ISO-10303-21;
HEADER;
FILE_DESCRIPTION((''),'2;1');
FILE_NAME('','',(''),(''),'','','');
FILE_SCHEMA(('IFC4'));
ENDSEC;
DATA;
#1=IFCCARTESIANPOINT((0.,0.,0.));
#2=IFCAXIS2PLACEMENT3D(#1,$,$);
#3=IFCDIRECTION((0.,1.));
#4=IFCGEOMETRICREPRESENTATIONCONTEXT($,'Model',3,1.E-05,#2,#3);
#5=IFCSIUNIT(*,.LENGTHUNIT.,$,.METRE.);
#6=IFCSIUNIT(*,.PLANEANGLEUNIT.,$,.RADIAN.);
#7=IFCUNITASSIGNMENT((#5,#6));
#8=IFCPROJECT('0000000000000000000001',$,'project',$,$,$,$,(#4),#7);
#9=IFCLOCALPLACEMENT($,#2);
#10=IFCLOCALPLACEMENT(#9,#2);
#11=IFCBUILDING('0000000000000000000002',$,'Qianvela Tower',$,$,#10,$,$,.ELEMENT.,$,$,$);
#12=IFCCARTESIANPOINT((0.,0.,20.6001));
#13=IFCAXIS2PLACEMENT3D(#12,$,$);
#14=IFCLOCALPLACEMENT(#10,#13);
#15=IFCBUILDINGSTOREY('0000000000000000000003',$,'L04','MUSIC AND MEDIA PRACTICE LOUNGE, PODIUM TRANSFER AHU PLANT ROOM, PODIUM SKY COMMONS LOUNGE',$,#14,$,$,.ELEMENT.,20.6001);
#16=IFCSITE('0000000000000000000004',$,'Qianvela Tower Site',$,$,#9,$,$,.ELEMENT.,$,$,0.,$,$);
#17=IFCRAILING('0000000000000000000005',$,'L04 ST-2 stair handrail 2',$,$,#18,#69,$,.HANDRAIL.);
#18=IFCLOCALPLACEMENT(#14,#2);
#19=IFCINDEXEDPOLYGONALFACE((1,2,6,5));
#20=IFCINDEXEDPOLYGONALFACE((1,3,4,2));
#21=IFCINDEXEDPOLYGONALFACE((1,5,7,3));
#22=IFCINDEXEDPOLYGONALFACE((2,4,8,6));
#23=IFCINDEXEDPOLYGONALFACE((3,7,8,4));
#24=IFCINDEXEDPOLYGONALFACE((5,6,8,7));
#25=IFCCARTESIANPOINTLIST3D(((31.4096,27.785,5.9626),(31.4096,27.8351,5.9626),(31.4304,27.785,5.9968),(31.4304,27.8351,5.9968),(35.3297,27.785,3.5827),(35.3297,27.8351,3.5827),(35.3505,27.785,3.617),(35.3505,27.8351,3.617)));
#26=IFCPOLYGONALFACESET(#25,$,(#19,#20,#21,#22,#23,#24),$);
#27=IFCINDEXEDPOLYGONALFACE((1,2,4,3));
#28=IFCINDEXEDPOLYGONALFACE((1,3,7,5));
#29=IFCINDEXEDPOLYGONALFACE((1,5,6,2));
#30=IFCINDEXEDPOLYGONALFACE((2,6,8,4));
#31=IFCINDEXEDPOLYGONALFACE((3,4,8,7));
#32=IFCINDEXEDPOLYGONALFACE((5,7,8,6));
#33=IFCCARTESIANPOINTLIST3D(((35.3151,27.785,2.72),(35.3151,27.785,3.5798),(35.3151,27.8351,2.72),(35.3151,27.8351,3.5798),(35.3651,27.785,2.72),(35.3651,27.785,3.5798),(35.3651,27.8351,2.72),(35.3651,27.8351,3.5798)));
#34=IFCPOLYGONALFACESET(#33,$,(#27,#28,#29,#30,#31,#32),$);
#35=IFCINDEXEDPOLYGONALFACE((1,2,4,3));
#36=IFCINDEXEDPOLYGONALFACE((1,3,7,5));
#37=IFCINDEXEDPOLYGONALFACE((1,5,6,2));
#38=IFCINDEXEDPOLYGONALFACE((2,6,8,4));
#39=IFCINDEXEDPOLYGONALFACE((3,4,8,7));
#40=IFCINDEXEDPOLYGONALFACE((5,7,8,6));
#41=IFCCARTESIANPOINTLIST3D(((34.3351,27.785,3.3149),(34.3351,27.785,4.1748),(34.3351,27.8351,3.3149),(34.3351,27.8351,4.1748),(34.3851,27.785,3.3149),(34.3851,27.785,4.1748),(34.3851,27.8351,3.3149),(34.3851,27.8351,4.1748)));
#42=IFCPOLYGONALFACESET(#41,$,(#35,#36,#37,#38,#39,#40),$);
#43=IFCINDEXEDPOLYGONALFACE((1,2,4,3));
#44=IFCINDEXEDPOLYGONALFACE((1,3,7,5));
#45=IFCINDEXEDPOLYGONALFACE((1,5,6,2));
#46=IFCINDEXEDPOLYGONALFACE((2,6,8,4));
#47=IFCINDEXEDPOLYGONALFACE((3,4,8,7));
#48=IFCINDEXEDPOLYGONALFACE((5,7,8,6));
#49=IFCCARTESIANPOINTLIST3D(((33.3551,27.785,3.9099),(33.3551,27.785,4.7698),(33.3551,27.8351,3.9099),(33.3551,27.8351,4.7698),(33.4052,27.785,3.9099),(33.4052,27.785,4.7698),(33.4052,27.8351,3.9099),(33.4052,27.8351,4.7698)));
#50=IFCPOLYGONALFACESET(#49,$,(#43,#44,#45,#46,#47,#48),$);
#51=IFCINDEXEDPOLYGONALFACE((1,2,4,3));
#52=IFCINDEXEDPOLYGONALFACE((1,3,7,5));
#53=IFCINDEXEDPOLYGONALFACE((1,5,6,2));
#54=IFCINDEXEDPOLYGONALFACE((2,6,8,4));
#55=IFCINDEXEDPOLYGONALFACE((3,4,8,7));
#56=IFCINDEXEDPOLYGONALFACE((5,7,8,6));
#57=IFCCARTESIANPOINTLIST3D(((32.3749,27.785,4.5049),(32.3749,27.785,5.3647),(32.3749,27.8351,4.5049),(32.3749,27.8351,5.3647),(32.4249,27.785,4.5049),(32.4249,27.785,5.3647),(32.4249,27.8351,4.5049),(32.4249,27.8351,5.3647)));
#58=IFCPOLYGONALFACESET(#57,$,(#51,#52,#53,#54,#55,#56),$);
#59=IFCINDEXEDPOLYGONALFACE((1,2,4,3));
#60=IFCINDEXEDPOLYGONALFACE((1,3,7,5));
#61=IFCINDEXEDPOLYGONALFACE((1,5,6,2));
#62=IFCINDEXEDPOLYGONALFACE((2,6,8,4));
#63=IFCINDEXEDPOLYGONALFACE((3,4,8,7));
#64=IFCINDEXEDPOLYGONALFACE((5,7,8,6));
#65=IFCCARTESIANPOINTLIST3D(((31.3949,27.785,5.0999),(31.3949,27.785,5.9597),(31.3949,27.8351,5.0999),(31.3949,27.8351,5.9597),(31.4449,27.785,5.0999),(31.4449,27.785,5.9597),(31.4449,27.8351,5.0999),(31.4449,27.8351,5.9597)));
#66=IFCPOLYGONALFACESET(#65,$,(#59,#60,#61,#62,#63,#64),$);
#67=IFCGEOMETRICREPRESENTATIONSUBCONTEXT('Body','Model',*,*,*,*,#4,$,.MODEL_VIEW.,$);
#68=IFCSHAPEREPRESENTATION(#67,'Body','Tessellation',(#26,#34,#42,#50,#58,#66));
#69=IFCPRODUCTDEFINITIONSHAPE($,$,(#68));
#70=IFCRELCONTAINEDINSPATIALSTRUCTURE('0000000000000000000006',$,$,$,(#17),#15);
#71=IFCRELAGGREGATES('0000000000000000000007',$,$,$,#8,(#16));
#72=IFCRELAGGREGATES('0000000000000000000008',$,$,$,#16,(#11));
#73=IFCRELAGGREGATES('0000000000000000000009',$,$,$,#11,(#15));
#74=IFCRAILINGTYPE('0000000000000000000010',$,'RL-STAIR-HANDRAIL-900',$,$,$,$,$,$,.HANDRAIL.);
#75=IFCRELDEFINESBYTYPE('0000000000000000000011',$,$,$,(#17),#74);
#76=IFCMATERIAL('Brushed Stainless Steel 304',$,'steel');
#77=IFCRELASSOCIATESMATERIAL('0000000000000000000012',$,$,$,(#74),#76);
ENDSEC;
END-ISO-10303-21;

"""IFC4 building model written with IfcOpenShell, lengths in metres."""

from ifc_helpers import new_model, si_unit, direction, frame, origin, origin_2d, place, context, subcontext, project, spatial, rectangle, extrude, material, type_object, element, save


model = new_model("IFC4")

# Units and contexts
model_context = context("Model", 3, precision=1e-05, world=origin(), true_north=direction((0.0, 1.0)))
body_context = subcontext(model_context, "Body", "Model", "MODEL_VIEW")
ifc_project = project(units=[si_unit("LENGTHUNIT", "METRE"), si_unit("PLANEANGLEUNIT", "RADIAN")], contexts=[model_context])

# Site, building, storey
site_placement = place(None, origin())
site = spatial("IfcSite", under=ifc_project, at=site_placement, Name="Qianvela Tower Site", CompositionType="ELEMENT", RefElevation=0.0)
building_placement = place(site_placement, origin())
building = spatial("IfcBuilding", under=site, at=building_placement, Name="Qianvela Tower", CompositionType="ELEMENT")
storey_placement = place(building_placement, frame((0.0, 0.0, 20.6001)))
storey = spatial("IfcBuildingStorey", under=building, at=storey_placement, Name="L04", Description="MUSIC AND MEDIA PRACTICE LOUNGE, PODIUM TRANSFER AHU PLANT ROOM, PODIUM SKY COMMONS LOUNGE", CompositionType="ELEMENT", Elevation=20.6001)

# Railing
ifc_material_1 = material(Name="Brushed Stainless Steel 304", Category="steel")
railing_type_1 = type_object("IfcRailingType", Name="RL-STAIR-HANDRAIL-900", PredefinedType="HANDRAIL", material=ifc_material_1)
for number, where, name in (
    (1, (35.3401, 27.8101, 2.72), "L04 ST-2 stair handrail 2"),
):
    element("IfcRailing", number, at=place(storey_placement, frame(where)), inside=storey, type_object=railing_type_1, Name=name, PredefinedType="HANDRAIL", context=body_context, shape_type="SweptSolid", body=[
        extrude(rectangle(XDim=0.05, YDim=0.04, at=origin_2d()), frame((0.0, 0.0, 0.8799), z_axis=(-0.854809, 0.0, 0.518943), x_axis=(0.0, -1.0, 0.0)), (0.0, 0.0, 1.0), 4.5859),
        extrude(rectangle(XDim=0.05, YDim=0.05, at=origin_2d()), origin(), (0.0, 0.0, 1.0), 0.8599),
        extrude(rectangle(XDim=0.05, YDim=0.05, at=origin_2d()), frame((-0.98, 0.0, 0.595)), (0.0, 0.0, 1.0), 0.8599),
        extrude(rectangle(XDim=0.05, YDim=0.05, at=origin_2d()), frame((-1.96, 0.0, 1.1899)), (0.0, 0.0, 1.0), 0.8599),
        extrude(rectangle(XDim=0.05, YDim=0.05, at=origin_2d()), frame((-2.9402, 0.0, 1.7849)), (0.0, 0.0, 1.0), 0.8599),
        extrude(rectangle(XDim=0.05, YDim=0.05, at=origin_2d()), frame((-3.9202, 0.0, 2.3799)), (0.0, 0.0, 1.0), 0.8599),
    ])

save(model, "model.ifc")
